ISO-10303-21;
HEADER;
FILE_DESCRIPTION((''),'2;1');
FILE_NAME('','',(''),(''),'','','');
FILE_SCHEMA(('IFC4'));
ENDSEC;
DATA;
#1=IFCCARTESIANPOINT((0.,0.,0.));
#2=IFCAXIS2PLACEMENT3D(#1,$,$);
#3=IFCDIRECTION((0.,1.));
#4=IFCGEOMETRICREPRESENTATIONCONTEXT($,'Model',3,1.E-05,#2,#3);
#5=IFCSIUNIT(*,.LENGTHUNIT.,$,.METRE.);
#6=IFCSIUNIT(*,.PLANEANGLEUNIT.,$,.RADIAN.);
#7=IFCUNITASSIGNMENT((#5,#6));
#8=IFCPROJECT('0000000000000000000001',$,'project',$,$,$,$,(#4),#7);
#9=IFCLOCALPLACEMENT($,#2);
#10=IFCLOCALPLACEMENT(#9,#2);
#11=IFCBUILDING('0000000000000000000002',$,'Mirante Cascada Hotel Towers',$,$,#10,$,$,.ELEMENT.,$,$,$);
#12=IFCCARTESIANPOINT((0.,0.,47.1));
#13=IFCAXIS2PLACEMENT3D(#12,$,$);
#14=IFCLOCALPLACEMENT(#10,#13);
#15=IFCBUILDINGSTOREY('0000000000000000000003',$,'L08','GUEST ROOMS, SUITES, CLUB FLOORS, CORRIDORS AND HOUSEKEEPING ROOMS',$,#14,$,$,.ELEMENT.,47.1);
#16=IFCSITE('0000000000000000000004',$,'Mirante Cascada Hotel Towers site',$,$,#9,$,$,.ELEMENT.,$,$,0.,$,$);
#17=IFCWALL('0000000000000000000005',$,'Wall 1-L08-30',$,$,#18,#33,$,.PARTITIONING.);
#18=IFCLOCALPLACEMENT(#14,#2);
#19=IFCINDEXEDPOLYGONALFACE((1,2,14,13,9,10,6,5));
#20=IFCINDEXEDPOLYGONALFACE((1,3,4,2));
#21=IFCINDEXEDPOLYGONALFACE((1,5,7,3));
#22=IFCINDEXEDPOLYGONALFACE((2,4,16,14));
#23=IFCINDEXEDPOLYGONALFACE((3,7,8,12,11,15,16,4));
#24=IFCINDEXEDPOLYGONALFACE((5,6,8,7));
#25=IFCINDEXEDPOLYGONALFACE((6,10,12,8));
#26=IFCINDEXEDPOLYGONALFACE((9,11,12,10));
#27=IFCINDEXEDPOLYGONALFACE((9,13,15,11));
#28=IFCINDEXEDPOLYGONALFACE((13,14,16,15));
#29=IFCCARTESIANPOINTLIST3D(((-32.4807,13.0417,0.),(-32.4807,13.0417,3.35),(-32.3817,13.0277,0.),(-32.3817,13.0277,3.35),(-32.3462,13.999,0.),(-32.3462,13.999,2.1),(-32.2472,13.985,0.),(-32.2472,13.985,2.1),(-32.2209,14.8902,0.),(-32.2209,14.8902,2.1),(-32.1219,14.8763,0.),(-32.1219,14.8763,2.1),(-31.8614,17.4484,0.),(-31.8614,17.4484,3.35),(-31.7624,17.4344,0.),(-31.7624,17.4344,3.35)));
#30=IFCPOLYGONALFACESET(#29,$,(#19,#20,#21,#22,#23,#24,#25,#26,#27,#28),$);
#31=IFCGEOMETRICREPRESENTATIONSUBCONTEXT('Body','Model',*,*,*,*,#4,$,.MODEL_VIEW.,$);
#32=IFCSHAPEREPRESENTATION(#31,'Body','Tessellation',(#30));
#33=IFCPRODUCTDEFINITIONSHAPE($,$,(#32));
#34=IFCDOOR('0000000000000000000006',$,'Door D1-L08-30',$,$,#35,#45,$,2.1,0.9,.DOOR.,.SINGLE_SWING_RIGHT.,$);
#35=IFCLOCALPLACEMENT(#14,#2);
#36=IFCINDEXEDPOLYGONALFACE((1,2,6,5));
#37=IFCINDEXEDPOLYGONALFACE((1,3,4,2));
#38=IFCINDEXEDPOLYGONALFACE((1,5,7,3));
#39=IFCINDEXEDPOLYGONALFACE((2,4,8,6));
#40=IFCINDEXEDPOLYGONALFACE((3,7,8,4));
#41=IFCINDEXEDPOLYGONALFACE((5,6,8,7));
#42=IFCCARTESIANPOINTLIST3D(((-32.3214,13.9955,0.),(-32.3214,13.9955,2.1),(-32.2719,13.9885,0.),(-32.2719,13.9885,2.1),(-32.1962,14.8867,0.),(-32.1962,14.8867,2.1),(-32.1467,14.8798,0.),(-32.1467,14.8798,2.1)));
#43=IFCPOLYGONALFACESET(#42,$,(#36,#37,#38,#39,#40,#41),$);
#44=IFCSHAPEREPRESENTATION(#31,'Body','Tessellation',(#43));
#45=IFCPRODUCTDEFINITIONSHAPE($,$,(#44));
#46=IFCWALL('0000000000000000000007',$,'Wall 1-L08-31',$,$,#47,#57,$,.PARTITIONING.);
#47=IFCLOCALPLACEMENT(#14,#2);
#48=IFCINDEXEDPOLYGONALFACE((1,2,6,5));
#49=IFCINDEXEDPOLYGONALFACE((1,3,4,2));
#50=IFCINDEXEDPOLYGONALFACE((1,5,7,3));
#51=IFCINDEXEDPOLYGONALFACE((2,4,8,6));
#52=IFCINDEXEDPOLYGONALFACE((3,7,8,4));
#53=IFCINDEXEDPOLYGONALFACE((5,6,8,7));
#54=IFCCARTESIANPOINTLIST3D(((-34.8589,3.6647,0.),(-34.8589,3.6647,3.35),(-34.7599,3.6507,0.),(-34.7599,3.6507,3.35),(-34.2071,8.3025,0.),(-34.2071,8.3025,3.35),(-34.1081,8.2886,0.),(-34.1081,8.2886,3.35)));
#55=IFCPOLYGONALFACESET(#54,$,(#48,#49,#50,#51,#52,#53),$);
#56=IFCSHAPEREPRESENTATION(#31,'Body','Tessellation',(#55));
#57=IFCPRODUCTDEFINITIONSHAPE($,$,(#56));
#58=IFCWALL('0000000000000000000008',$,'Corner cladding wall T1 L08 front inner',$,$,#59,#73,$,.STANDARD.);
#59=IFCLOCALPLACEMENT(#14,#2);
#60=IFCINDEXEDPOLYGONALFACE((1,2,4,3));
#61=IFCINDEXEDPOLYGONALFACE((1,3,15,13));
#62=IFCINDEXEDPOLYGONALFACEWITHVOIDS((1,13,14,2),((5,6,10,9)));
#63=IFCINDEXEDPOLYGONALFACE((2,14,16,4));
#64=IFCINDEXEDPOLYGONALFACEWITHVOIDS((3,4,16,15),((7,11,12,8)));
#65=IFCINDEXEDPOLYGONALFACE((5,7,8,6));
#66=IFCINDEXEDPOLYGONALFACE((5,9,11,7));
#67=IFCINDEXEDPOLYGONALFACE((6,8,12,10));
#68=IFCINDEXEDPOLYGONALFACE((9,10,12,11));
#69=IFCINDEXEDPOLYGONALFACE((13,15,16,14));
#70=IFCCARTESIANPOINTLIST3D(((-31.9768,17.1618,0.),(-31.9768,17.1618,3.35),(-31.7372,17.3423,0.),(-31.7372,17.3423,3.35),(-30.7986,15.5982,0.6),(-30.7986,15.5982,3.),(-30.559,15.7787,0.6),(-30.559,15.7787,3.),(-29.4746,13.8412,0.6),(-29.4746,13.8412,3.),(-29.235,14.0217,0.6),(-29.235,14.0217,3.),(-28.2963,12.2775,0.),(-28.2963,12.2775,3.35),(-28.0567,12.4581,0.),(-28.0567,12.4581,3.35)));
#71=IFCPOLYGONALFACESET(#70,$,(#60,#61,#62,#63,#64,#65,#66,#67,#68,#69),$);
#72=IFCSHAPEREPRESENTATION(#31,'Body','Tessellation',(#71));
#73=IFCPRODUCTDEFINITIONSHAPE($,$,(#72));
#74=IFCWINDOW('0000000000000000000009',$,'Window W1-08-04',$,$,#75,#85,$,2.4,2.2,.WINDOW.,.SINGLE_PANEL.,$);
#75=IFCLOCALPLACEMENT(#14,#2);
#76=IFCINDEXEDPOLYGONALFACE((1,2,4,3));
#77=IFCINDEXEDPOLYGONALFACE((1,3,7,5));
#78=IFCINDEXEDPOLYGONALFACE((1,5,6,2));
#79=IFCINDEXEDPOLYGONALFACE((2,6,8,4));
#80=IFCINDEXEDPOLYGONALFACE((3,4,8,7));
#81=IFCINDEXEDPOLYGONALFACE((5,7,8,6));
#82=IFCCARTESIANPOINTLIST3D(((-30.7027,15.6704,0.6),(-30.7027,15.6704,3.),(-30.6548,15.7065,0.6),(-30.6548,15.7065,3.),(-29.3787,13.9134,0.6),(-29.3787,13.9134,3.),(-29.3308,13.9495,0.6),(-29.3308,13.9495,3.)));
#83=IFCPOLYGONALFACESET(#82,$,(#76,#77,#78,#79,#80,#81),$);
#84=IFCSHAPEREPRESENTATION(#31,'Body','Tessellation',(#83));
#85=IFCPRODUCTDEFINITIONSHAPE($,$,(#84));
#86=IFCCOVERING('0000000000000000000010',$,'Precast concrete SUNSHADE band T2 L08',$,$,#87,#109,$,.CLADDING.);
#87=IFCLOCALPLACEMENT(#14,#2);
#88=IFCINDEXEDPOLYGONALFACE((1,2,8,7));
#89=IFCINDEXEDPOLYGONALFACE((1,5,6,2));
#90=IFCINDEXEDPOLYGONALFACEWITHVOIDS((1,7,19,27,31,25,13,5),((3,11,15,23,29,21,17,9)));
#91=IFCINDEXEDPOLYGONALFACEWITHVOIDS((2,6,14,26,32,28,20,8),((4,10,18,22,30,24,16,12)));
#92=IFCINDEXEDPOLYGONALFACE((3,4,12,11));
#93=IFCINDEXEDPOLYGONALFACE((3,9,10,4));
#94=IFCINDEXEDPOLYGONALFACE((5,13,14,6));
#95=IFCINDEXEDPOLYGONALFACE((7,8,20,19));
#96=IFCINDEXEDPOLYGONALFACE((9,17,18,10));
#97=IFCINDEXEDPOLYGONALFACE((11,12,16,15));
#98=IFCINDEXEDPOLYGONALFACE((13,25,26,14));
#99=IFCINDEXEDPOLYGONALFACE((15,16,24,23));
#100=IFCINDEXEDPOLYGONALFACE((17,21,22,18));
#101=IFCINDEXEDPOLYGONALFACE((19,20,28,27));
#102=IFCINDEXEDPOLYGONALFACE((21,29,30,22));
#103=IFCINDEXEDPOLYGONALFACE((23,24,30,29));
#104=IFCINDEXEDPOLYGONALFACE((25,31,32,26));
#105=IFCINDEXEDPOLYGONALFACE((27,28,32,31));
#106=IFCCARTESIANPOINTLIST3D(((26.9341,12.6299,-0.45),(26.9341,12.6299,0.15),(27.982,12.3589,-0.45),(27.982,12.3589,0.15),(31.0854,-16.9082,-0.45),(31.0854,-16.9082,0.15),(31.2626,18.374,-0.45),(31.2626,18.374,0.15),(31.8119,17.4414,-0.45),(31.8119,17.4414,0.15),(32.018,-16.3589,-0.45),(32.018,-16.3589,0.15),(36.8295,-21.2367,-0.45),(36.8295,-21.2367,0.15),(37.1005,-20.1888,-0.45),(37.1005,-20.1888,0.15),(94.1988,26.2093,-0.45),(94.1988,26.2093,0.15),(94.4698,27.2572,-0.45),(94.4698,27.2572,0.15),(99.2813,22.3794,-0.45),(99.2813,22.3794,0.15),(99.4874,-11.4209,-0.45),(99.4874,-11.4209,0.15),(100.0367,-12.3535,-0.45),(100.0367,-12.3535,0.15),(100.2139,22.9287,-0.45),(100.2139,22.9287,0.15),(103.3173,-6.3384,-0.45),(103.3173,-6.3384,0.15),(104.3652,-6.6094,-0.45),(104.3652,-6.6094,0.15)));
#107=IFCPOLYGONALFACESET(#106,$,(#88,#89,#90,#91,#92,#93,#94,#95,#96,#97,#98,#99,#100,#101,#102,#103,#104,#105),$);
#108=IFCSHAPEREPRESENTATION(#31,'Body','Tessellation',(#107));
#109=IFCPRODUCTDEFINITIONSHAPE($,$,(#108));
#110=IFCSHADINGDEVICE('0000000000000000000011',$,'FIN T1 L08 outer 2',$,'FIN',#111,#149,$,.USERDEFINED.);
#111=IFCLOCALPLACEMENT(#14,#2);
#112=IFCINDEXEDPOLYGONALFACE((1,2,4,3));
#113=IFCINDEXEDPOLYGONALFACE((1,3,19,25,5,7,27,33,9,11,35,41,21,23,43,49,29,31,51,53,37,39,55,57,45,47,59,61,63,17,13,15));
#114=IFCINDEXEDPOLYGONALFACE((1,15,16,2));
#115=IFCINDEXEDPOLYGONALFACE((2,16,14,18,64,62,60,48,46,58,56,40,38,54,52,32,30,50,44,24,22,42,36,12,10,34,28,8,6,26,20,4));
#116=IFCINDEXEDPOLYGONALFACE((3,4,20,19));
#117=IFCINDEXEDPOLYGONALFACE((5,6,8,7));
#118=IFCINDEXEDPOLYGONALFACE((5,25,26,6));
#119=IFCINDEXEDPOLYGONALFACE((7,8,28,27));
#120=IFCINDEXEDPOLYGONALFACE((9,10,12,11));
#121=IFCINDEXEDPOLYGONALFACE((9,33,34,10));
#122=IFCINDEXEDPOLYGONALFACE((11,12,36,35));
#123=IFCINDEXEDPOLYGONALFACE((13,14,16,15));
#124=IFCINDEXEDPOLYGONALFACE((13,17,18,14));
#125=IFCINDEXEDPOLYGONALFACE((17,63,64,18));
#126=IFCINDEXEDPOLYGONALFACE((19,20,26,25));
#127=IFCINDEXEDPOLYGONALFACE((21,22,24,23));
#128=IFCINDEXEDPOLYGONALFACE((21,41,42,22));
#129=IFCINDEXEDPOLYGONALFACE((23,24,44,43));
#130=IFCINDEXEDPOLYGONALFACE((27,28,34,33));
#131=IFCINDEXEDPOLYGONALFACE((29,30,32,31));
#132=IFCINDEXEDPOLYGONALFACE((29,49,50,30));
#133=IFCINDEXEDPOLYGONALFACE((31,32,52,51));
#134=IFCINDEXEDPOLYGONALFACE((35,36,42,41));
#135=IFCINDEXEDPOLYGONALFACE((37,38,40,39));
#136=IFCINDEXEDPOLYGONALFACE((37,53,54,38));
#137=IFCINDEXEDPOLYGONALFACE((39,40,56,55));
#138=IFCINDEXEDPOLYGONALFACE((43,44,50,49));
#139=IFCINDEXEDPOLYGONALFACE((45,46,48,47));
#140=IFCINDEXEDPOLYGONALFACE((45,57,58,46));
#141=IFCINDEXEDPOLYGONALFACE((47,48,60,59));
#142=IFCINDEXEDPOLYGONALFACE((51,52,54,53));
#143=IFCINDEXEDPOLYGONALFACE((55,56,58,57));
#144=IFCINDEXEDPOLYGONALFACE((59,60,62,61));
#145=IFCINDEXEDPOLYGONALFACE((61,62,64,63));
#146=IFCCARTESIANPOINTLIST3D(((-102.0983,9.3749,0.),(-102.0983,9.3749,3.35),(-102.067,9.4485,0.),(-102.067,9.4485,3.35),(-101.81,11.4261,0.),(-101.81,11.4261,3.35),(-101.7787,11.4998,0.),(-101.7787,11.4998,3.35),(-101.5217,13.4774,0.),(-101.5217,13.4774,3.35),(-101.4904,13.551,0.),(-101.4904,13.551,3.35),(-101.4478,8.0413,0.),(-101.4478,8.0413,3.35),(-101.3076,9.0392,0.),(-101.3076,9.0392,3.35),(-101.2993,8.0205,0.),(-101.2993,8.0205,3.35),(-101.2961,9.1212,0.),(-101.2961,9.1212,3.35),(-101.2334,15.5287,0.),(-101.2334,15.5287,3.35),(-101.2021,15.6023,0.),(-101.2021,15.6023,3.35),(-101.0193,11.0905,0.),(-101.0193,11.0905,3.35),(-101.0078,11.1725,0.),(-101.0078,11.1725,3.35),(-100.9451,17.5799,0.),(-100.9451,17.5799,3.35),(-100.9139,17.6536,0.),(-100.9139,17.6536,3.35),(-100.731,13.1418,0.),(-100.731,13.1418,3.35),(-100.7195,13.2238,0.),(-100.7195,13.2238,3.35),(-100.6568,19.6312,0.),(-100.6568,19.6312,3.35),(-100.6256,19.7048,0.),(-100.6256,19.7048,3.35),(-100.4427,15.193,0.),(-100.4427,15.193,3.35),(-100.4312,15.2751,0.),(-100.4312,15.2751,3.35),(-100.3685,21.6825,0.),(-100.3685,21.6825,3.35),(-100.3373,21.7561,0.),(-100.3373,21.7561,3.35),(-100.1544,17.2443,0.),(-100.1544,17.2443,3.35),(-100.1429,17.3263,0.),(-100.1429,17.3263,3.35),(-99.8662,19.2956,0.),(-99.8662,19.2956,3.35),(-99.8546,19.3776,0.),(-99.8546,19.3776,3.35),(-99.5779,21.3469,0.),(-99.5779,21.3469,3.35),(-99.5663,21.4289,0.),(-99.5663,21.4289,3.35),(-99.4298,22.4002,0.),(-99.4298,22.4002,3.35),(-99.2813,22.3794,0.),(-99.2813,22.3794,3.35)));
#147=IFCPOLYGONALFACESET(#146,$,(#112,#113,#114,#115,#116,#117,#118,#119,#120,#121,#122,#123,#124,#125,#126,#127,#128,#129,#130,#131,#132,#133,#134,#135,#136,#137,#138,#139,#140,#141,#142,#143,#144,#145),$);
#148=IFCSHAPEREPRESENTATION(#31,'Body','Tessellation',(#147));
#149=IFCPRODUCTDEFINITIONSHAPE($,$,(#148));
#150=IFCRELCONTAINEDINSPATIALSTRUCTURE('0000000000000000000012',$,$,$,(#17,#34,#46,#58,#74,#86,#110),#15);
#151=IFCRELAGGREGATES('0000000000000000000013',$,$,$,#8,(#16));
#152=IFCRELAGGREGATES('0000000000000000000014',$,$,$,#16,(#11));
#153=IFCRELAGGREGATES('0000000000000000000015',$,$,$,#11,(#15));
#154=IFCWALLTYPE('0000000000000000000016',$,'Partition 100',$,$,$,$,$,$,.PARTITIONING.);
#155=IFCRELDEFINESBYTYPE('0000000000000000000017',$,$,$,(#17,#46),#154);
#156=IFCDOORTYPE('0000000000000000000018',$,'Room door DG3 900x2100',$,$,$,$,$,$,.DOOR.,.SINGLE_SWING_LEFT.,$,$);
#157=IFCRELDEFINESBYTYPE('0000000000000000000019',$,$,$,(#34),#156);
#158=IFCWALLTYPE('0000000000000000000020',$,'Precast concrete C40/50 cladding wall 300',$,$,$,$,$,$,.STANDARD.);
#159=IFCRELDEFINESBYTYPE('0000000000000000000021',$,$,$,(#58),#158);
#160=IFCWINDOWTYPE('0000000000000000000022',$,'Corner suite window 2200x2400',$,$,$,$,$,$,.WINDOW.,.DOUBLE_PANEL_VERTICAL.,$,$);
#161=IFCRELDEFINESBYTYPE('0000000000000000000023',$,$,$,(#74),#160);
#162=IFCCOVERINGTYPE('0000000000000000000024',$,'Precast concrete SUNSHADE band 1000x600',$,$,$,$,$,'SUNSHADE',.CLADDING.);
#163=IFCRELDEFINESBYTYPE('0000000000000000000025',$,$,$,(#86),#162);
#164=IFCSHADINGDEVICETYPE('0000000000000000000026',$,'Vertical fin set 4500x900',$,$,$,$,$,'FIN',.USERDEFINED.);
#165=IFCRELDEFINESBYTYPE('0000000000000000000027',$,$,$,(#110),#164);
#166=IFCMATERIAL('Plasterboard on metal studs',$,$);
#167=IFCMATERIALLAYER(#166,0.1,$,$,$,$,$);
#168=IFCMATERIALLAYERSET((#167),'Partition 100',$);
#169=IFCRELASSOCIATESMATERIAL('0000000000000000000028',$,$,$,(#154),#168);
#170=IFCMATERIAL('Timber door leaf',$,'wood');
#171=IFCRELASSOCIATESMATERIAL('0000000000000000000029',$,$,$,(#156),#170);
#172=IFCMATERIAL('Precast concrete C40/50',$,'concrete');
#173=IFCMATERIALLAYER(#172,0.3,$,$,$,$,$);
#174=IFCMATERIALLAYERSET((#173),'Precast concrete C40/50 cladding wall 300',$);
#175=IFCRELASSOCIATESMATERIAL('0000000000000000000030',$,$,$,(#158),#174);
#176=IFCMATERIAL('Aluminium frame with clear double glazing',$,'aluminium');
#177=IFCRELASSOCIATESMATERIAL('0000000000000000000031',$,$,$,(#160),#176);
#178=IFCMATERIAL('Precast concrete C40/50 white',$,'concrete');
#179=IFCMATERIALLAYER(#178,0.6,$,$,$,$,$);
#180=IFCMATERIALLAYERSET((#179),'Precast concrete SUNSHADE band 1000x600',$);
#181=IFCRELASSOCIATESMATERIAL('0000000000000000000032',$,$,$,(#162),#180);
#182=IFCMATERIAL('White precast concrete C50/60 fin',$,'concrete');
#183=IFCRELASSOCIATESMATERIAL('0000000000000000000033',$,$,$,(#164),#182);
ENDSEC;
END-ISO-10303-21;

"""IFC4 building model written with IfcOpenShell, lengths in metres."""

from ifc_helpers import new_model, si_unit, direction, frame, frame_2d, origin, place, context, subcontext, project, spatial, polyline, rectangle, outline, extrude, material, layer, layer_set, type_object, element, fill, save


model = new_model("IFC4")

# Units and contexts
model_context = context("Model", 3, precision=1e-05, world=origin(), true_north=direction((0.0, 1.0)))
body_context = subcontext(model_context, "Body", "Model", "MODEL_VIEW")
ifc_project = project(units=[si_unit("LENGTHUNIT", "METRE"), si_unit("PLANEANGLEUNIT", "RADIAN")], contexts=[model_context])

# Site, building, storey
site_placement = place(None, origin())
site = spatial("IfcSite", under=ifc_project, at=site_placement, Name="Mirante Cascada Hotel Towers site", CompositionType="ELEMENT", RefElevation=0.0)
building_placement = place(site_placement, origin())
building = spatial("IfcBuilding", under=site, at=building_placement, Name="Mirante Cascada Hotel Towers", CompositionType="ELEMENT")
storey_placement = place(building_placement, frame((0.0, 0.0, 47.1)))
storey = spatial("IfcBuildingStorey", under=building, at=storey_placement, Name="L08", Description="GUEST ROOMS, SUITES, CLUB FLOORS, CORRIDORS AND HOUSEKEEPING ROOMS", CompositionType="ELEMENT", Elevation=47.1)

# Shared definitions
ifc_material_1 = material(Name="Plasterboard on metal studs")
ifc_layer_1 = layer(ifc_material_1, 0.1)
ifc_layer_set_1 = layer_set([ifc_layer_1], Name="Partition 100")
wall_type_1 = type_object("IfcWallType", Name="Partition 100", PredefinedType="PARTITIONING", material=ifc_layer_set_1)

# Shared definitions
ifc_material_2 = material(Name="Timber door leaf", Category="wood")
door_type_1 = type_object("IfcDoorType", Name="Room door DG3 900x2100", OperationType="SINGLE_SWING_LEFT", PredefinedType="DOOR", material=ifc_material_2)

# Wall, opening, door
wall_1_placement = place(storey_placement, frame((-31.8119, 17.4414, 0.0), z_axis=(0.0, 0.0, 1.0), x_axis=(-0.139168, -0.990269, 0.0)))
wall_1 = element("IfcWall", 1, at=wall_1_placement, inside=storey, type_object=wall_type_1, Name="Wall 1-L08-30", PredefinedType="PARTITIONING", context=body_context, shape_type="SweptSolid", body=[
    extrude(rectangle(XDim=4.45, YDim=0.1, at=frame_2d((2.225, 0.0))), origin(), (0.0, 0.0, 1.0), 3.35),
])
opening_1_placement = place(wall_1_placement, frame((2.5833, 0.0, 0.0)))
opening_1 = element("IfcOpeningElement", 2, at=opening_1_placement, cuts=wall_1, PredefinedType="OPENING", context=body_context, shape_type="SweptSolid", body=[
    extrude(rectangle(XDim=0.9, YDim=2.1, at=frame_2d((0.45, 1.05))), frame((0.0, 0.05, 0.0), z_axis=(0.0, -1.0, 0.0), x_axis=(1.0, 0.0, 0.0)), (0.0, 0.0, 1.0), 0.1),
])
door_1_placement = place(opening_1_placement, frame((0.9, 0.0, 0.0), z_axis=(0.0, 0.0, 1.0), x_axis=(-1.0, 0.0, 0.0)))
door_1 = element("IfcDoor", 3, at=door_1_placement, inside=storey, type_object=door_type_1, Name="Door D1-L08-30", OperationType="SINGLE_SWING_RIGHT", OverallHeight=2.1, OverallWidth=0.9, PredefinedType="DOOR", context=body_context, shape_type="SweptSolid", body=[
    extrude(rectangle(XDim=0.9, YDim=2.1, at=frame_2d((0.45, 1.05))), frame((0.0, 0.025, 0.0), z_axis=(0.0, -1.0, 0.0), x_axis=(1.0, 0.0, 0.0)), (0.0, 0.0, 1.0), 0.05),
])
fill(opening_1, door_1)

# Wall
wall_2_placement = place(storey_placement, frame((-34.8094, 3.6577, 0.0), z_axis=(0.0, 0.0, 1.0), x_axis=(0.139173, 0.990268, 0.0)))
element("IfcWall", 4, at=wall_2_placement, inside=storey, type_object=wall_type_1, Name="Wall 1-L08-31", PredefinedType="PARTITIONING", context=body_context, shape_type="SweptSolid", body=[
    extrude(rectangle(XDim=4.6834, YDim=0.1, at=frame_2d((2.3417, 0.0))), origin(), (0.0, 0.0, 1.0), 3.35),
])

# Wall, opening, window
ifc_material_3 = material(Name="Precast concrete C40/50", Category="concrete")
ifc_layer_2 = layer(ifc_material_3, 0.3)
ifc_layer_set_2 = layer_set([ifc_layer_2], Name="Precast concrete C40/50 cladding wall 300")
wall_type_2 = type_object("IfcWallType", Name="Precast concrete C40/50 cladding wall 300", PredefinedType="STANDARD", material=ifc_layer_set_2)
wall_3_placement = place(storey_placement, frame((-31.857, 17.252, 0.0), z_axis=(0.0, 0.0, 1.0), x_axis=(0.601814, -0.798636, 0.0)))
wall_3 = element("IfcWall", 5, at=wall_3_placement, inside=storey, type_object=wall_type_2, Name="Corner cladding wall T1 L08 front inner", PredefinedType="STANDARD", context=body_context, shape_type="SweptSolid", body=[
    extrude(rectangle(XDim=6.1157, YDim=0.3, at=frame_2d((3.0578, 0.0))), origin(), (0.0, 0.0, 1.0), 3.35),
])
opening_2_placement = place(wall_3_placement, frame((1.9578, 0.0, 0.6)))
opening_2 = element("IfcOpeningElement", 6, at=opening_2_placement, cuts=wall_3, PredefinedType="OPENING", context=body_context, shape_type="SweptSolid", body=[
    extrude(rectangle(XDim=2.2, YDim=2.4, at=frame_2d((1.1, 1.2))), frame((0.0, 0.15, 0.0), z_axis=(0.0, -1.0, 0.0), x_axis=(1.0, 0.0, 0.0)), (0.0, 0.0, 1.0), 0.3),
])
ifc_material_4 = material(Name="Aluminium frame with clear double glazing", Category="aluminium")
window_type = type_object("IfcWindowType", Name="Corner suite window 2200x2400", PartitioningType="DOUBLE_PANEL_VERTICAL", PredefinedType="WINDOW", material=ifc_material_4)
window_placement = place(opening_2_placement, origin())
window = element("IfcWindow", 7, at=window_placement, inside=storey, type_object=window_type, Name="Window W1-08-04", OverallHeight=2.4, OverallWidth=2.2, PartitioningType="SINGLE_PANEL", PredefinedType="WINDOW", context=body_context, shape_type="SweptSolid", body=[
    extrude(rectangle(XDim=2.2, YDim=2.4, at=frame_2d((1.1, 1.2))), frame((0.0, 0.03, 0.0), z_axis=(0.0, -1.0, 0.0), x_axis=(1.0, 0.0, 0.0)), (0.0, 0.0, 1.0), 0.06),
])
fill(opening_2, window)

# Covering
ifc_material_5 = material(Name="Precast concrete C40/50 white", Category="concrete")
ifc_layer_3 = layer(ifc_material_5, 0.6)
ifc_layer_set_3 = layer_set([ifc_layer_3], Name="Precast concrete SUNSHADE band 1000x600")
covering_type = type_object("IfcCoveringType", Name="Precast concrete SUNSHADE band 1000x600", ElementType="SUNSHADE", PredefinedType="CLADDING", material=ifc_layer_set_3)
covering_placement = place(storey_placement, frame((0.0, 0.0, -0.45)))
element("IfcCovering", 8, at=covering_placement, inside=storey, type_object=covering_type, Name="Precast concrete SUNSHADE band T2 L08", PredefinedType="CLADDING", context=body_context, shape_type="SweptSolid", body=[
    extrude(outline(polyline([(26.9341, 12.6299), (31.2626, 18.374), (94.4698, 27.2572), (100.2139, 22.9287), (104.3652, -6.6094), (100.0367, -12.3535), (36.8295, -21.2367), (31.0854, -16.9082), (26.9341, 12.6299)]), holes=[polyline([(103.3173, -6.3384), (99.2813, 22.3794), (94.1988, 26.2093), (31.8119, 17.4414), (27.982, 12.3589), (32.018, -16.3589), (37.1005, -20.1888), (99.4874, -11.4209), (103.3173, -6.3384)])]), origin(), (0.0, 0.0, 1.0), 0.6),
])

# Shading device
ifc_material_6 = material(Name="White precast concrete C50/60 fin", Category="concrete")
shading_device_type = type_object("IfcShadingDeviceType", Name="Vertical fin set 4500x900", ElementType="FIN", PredefinedType="USERDEFINED", material=ifc_material_6)
shading_device_1_placement = place(storey_placement, origin())
element("IfcShadingDevice", 9, at=shading_device_1_placement, inside=storey, type_object=shading_device_type, Name="FIN T1 L08 outer 2", ObjectType="FIN", PredefinedType="USERDEFINED", context=body_context, shape_type="SweptSolid", body=[
    extrude(outline(polyline([(-101.2961, 9.1212), (-101.0193, 11.0905), (-101.81, 11.4261), (-101.7787, 11.4998), (-101.0078, 11.1725), (-100.731, 13.1418), (-101.5217, 13.4774), (-101.4904, 13.551), (-100.7195, 13.2238), (-100.4427, 15.193), (-101.2334, 15.5287), (-101.2021, 15.6023), (-100.4312, 15.2751), (-100.1544, 17.2443), (-100.9451, 17.5799), (-100.9139, 17.6536), (-100.1429, 17.3263), (-99.8662, 19.2956), (-100.6568, 19.6312), (-100.6256, 19.7048), (-99.8546, 19.3776), (-99.5779, 21.3469), (-100.3685, 21.6825), (-100.3373, 21.7561), (-99.5663, 21.4289), (-99.4298, 22.4002), (-99.2813, 22.3794), (-101.2993, 8.0205), (-101.4478, 8.0413), (-101.3076, 9.0392), (-102.0983, 9.3749), (-102.067, 9.4485), (-101.2961, 9.1212)])), origin(), (0.0, 0.0, 1.0), 3.35),
])

save(model, "model.ifc")
